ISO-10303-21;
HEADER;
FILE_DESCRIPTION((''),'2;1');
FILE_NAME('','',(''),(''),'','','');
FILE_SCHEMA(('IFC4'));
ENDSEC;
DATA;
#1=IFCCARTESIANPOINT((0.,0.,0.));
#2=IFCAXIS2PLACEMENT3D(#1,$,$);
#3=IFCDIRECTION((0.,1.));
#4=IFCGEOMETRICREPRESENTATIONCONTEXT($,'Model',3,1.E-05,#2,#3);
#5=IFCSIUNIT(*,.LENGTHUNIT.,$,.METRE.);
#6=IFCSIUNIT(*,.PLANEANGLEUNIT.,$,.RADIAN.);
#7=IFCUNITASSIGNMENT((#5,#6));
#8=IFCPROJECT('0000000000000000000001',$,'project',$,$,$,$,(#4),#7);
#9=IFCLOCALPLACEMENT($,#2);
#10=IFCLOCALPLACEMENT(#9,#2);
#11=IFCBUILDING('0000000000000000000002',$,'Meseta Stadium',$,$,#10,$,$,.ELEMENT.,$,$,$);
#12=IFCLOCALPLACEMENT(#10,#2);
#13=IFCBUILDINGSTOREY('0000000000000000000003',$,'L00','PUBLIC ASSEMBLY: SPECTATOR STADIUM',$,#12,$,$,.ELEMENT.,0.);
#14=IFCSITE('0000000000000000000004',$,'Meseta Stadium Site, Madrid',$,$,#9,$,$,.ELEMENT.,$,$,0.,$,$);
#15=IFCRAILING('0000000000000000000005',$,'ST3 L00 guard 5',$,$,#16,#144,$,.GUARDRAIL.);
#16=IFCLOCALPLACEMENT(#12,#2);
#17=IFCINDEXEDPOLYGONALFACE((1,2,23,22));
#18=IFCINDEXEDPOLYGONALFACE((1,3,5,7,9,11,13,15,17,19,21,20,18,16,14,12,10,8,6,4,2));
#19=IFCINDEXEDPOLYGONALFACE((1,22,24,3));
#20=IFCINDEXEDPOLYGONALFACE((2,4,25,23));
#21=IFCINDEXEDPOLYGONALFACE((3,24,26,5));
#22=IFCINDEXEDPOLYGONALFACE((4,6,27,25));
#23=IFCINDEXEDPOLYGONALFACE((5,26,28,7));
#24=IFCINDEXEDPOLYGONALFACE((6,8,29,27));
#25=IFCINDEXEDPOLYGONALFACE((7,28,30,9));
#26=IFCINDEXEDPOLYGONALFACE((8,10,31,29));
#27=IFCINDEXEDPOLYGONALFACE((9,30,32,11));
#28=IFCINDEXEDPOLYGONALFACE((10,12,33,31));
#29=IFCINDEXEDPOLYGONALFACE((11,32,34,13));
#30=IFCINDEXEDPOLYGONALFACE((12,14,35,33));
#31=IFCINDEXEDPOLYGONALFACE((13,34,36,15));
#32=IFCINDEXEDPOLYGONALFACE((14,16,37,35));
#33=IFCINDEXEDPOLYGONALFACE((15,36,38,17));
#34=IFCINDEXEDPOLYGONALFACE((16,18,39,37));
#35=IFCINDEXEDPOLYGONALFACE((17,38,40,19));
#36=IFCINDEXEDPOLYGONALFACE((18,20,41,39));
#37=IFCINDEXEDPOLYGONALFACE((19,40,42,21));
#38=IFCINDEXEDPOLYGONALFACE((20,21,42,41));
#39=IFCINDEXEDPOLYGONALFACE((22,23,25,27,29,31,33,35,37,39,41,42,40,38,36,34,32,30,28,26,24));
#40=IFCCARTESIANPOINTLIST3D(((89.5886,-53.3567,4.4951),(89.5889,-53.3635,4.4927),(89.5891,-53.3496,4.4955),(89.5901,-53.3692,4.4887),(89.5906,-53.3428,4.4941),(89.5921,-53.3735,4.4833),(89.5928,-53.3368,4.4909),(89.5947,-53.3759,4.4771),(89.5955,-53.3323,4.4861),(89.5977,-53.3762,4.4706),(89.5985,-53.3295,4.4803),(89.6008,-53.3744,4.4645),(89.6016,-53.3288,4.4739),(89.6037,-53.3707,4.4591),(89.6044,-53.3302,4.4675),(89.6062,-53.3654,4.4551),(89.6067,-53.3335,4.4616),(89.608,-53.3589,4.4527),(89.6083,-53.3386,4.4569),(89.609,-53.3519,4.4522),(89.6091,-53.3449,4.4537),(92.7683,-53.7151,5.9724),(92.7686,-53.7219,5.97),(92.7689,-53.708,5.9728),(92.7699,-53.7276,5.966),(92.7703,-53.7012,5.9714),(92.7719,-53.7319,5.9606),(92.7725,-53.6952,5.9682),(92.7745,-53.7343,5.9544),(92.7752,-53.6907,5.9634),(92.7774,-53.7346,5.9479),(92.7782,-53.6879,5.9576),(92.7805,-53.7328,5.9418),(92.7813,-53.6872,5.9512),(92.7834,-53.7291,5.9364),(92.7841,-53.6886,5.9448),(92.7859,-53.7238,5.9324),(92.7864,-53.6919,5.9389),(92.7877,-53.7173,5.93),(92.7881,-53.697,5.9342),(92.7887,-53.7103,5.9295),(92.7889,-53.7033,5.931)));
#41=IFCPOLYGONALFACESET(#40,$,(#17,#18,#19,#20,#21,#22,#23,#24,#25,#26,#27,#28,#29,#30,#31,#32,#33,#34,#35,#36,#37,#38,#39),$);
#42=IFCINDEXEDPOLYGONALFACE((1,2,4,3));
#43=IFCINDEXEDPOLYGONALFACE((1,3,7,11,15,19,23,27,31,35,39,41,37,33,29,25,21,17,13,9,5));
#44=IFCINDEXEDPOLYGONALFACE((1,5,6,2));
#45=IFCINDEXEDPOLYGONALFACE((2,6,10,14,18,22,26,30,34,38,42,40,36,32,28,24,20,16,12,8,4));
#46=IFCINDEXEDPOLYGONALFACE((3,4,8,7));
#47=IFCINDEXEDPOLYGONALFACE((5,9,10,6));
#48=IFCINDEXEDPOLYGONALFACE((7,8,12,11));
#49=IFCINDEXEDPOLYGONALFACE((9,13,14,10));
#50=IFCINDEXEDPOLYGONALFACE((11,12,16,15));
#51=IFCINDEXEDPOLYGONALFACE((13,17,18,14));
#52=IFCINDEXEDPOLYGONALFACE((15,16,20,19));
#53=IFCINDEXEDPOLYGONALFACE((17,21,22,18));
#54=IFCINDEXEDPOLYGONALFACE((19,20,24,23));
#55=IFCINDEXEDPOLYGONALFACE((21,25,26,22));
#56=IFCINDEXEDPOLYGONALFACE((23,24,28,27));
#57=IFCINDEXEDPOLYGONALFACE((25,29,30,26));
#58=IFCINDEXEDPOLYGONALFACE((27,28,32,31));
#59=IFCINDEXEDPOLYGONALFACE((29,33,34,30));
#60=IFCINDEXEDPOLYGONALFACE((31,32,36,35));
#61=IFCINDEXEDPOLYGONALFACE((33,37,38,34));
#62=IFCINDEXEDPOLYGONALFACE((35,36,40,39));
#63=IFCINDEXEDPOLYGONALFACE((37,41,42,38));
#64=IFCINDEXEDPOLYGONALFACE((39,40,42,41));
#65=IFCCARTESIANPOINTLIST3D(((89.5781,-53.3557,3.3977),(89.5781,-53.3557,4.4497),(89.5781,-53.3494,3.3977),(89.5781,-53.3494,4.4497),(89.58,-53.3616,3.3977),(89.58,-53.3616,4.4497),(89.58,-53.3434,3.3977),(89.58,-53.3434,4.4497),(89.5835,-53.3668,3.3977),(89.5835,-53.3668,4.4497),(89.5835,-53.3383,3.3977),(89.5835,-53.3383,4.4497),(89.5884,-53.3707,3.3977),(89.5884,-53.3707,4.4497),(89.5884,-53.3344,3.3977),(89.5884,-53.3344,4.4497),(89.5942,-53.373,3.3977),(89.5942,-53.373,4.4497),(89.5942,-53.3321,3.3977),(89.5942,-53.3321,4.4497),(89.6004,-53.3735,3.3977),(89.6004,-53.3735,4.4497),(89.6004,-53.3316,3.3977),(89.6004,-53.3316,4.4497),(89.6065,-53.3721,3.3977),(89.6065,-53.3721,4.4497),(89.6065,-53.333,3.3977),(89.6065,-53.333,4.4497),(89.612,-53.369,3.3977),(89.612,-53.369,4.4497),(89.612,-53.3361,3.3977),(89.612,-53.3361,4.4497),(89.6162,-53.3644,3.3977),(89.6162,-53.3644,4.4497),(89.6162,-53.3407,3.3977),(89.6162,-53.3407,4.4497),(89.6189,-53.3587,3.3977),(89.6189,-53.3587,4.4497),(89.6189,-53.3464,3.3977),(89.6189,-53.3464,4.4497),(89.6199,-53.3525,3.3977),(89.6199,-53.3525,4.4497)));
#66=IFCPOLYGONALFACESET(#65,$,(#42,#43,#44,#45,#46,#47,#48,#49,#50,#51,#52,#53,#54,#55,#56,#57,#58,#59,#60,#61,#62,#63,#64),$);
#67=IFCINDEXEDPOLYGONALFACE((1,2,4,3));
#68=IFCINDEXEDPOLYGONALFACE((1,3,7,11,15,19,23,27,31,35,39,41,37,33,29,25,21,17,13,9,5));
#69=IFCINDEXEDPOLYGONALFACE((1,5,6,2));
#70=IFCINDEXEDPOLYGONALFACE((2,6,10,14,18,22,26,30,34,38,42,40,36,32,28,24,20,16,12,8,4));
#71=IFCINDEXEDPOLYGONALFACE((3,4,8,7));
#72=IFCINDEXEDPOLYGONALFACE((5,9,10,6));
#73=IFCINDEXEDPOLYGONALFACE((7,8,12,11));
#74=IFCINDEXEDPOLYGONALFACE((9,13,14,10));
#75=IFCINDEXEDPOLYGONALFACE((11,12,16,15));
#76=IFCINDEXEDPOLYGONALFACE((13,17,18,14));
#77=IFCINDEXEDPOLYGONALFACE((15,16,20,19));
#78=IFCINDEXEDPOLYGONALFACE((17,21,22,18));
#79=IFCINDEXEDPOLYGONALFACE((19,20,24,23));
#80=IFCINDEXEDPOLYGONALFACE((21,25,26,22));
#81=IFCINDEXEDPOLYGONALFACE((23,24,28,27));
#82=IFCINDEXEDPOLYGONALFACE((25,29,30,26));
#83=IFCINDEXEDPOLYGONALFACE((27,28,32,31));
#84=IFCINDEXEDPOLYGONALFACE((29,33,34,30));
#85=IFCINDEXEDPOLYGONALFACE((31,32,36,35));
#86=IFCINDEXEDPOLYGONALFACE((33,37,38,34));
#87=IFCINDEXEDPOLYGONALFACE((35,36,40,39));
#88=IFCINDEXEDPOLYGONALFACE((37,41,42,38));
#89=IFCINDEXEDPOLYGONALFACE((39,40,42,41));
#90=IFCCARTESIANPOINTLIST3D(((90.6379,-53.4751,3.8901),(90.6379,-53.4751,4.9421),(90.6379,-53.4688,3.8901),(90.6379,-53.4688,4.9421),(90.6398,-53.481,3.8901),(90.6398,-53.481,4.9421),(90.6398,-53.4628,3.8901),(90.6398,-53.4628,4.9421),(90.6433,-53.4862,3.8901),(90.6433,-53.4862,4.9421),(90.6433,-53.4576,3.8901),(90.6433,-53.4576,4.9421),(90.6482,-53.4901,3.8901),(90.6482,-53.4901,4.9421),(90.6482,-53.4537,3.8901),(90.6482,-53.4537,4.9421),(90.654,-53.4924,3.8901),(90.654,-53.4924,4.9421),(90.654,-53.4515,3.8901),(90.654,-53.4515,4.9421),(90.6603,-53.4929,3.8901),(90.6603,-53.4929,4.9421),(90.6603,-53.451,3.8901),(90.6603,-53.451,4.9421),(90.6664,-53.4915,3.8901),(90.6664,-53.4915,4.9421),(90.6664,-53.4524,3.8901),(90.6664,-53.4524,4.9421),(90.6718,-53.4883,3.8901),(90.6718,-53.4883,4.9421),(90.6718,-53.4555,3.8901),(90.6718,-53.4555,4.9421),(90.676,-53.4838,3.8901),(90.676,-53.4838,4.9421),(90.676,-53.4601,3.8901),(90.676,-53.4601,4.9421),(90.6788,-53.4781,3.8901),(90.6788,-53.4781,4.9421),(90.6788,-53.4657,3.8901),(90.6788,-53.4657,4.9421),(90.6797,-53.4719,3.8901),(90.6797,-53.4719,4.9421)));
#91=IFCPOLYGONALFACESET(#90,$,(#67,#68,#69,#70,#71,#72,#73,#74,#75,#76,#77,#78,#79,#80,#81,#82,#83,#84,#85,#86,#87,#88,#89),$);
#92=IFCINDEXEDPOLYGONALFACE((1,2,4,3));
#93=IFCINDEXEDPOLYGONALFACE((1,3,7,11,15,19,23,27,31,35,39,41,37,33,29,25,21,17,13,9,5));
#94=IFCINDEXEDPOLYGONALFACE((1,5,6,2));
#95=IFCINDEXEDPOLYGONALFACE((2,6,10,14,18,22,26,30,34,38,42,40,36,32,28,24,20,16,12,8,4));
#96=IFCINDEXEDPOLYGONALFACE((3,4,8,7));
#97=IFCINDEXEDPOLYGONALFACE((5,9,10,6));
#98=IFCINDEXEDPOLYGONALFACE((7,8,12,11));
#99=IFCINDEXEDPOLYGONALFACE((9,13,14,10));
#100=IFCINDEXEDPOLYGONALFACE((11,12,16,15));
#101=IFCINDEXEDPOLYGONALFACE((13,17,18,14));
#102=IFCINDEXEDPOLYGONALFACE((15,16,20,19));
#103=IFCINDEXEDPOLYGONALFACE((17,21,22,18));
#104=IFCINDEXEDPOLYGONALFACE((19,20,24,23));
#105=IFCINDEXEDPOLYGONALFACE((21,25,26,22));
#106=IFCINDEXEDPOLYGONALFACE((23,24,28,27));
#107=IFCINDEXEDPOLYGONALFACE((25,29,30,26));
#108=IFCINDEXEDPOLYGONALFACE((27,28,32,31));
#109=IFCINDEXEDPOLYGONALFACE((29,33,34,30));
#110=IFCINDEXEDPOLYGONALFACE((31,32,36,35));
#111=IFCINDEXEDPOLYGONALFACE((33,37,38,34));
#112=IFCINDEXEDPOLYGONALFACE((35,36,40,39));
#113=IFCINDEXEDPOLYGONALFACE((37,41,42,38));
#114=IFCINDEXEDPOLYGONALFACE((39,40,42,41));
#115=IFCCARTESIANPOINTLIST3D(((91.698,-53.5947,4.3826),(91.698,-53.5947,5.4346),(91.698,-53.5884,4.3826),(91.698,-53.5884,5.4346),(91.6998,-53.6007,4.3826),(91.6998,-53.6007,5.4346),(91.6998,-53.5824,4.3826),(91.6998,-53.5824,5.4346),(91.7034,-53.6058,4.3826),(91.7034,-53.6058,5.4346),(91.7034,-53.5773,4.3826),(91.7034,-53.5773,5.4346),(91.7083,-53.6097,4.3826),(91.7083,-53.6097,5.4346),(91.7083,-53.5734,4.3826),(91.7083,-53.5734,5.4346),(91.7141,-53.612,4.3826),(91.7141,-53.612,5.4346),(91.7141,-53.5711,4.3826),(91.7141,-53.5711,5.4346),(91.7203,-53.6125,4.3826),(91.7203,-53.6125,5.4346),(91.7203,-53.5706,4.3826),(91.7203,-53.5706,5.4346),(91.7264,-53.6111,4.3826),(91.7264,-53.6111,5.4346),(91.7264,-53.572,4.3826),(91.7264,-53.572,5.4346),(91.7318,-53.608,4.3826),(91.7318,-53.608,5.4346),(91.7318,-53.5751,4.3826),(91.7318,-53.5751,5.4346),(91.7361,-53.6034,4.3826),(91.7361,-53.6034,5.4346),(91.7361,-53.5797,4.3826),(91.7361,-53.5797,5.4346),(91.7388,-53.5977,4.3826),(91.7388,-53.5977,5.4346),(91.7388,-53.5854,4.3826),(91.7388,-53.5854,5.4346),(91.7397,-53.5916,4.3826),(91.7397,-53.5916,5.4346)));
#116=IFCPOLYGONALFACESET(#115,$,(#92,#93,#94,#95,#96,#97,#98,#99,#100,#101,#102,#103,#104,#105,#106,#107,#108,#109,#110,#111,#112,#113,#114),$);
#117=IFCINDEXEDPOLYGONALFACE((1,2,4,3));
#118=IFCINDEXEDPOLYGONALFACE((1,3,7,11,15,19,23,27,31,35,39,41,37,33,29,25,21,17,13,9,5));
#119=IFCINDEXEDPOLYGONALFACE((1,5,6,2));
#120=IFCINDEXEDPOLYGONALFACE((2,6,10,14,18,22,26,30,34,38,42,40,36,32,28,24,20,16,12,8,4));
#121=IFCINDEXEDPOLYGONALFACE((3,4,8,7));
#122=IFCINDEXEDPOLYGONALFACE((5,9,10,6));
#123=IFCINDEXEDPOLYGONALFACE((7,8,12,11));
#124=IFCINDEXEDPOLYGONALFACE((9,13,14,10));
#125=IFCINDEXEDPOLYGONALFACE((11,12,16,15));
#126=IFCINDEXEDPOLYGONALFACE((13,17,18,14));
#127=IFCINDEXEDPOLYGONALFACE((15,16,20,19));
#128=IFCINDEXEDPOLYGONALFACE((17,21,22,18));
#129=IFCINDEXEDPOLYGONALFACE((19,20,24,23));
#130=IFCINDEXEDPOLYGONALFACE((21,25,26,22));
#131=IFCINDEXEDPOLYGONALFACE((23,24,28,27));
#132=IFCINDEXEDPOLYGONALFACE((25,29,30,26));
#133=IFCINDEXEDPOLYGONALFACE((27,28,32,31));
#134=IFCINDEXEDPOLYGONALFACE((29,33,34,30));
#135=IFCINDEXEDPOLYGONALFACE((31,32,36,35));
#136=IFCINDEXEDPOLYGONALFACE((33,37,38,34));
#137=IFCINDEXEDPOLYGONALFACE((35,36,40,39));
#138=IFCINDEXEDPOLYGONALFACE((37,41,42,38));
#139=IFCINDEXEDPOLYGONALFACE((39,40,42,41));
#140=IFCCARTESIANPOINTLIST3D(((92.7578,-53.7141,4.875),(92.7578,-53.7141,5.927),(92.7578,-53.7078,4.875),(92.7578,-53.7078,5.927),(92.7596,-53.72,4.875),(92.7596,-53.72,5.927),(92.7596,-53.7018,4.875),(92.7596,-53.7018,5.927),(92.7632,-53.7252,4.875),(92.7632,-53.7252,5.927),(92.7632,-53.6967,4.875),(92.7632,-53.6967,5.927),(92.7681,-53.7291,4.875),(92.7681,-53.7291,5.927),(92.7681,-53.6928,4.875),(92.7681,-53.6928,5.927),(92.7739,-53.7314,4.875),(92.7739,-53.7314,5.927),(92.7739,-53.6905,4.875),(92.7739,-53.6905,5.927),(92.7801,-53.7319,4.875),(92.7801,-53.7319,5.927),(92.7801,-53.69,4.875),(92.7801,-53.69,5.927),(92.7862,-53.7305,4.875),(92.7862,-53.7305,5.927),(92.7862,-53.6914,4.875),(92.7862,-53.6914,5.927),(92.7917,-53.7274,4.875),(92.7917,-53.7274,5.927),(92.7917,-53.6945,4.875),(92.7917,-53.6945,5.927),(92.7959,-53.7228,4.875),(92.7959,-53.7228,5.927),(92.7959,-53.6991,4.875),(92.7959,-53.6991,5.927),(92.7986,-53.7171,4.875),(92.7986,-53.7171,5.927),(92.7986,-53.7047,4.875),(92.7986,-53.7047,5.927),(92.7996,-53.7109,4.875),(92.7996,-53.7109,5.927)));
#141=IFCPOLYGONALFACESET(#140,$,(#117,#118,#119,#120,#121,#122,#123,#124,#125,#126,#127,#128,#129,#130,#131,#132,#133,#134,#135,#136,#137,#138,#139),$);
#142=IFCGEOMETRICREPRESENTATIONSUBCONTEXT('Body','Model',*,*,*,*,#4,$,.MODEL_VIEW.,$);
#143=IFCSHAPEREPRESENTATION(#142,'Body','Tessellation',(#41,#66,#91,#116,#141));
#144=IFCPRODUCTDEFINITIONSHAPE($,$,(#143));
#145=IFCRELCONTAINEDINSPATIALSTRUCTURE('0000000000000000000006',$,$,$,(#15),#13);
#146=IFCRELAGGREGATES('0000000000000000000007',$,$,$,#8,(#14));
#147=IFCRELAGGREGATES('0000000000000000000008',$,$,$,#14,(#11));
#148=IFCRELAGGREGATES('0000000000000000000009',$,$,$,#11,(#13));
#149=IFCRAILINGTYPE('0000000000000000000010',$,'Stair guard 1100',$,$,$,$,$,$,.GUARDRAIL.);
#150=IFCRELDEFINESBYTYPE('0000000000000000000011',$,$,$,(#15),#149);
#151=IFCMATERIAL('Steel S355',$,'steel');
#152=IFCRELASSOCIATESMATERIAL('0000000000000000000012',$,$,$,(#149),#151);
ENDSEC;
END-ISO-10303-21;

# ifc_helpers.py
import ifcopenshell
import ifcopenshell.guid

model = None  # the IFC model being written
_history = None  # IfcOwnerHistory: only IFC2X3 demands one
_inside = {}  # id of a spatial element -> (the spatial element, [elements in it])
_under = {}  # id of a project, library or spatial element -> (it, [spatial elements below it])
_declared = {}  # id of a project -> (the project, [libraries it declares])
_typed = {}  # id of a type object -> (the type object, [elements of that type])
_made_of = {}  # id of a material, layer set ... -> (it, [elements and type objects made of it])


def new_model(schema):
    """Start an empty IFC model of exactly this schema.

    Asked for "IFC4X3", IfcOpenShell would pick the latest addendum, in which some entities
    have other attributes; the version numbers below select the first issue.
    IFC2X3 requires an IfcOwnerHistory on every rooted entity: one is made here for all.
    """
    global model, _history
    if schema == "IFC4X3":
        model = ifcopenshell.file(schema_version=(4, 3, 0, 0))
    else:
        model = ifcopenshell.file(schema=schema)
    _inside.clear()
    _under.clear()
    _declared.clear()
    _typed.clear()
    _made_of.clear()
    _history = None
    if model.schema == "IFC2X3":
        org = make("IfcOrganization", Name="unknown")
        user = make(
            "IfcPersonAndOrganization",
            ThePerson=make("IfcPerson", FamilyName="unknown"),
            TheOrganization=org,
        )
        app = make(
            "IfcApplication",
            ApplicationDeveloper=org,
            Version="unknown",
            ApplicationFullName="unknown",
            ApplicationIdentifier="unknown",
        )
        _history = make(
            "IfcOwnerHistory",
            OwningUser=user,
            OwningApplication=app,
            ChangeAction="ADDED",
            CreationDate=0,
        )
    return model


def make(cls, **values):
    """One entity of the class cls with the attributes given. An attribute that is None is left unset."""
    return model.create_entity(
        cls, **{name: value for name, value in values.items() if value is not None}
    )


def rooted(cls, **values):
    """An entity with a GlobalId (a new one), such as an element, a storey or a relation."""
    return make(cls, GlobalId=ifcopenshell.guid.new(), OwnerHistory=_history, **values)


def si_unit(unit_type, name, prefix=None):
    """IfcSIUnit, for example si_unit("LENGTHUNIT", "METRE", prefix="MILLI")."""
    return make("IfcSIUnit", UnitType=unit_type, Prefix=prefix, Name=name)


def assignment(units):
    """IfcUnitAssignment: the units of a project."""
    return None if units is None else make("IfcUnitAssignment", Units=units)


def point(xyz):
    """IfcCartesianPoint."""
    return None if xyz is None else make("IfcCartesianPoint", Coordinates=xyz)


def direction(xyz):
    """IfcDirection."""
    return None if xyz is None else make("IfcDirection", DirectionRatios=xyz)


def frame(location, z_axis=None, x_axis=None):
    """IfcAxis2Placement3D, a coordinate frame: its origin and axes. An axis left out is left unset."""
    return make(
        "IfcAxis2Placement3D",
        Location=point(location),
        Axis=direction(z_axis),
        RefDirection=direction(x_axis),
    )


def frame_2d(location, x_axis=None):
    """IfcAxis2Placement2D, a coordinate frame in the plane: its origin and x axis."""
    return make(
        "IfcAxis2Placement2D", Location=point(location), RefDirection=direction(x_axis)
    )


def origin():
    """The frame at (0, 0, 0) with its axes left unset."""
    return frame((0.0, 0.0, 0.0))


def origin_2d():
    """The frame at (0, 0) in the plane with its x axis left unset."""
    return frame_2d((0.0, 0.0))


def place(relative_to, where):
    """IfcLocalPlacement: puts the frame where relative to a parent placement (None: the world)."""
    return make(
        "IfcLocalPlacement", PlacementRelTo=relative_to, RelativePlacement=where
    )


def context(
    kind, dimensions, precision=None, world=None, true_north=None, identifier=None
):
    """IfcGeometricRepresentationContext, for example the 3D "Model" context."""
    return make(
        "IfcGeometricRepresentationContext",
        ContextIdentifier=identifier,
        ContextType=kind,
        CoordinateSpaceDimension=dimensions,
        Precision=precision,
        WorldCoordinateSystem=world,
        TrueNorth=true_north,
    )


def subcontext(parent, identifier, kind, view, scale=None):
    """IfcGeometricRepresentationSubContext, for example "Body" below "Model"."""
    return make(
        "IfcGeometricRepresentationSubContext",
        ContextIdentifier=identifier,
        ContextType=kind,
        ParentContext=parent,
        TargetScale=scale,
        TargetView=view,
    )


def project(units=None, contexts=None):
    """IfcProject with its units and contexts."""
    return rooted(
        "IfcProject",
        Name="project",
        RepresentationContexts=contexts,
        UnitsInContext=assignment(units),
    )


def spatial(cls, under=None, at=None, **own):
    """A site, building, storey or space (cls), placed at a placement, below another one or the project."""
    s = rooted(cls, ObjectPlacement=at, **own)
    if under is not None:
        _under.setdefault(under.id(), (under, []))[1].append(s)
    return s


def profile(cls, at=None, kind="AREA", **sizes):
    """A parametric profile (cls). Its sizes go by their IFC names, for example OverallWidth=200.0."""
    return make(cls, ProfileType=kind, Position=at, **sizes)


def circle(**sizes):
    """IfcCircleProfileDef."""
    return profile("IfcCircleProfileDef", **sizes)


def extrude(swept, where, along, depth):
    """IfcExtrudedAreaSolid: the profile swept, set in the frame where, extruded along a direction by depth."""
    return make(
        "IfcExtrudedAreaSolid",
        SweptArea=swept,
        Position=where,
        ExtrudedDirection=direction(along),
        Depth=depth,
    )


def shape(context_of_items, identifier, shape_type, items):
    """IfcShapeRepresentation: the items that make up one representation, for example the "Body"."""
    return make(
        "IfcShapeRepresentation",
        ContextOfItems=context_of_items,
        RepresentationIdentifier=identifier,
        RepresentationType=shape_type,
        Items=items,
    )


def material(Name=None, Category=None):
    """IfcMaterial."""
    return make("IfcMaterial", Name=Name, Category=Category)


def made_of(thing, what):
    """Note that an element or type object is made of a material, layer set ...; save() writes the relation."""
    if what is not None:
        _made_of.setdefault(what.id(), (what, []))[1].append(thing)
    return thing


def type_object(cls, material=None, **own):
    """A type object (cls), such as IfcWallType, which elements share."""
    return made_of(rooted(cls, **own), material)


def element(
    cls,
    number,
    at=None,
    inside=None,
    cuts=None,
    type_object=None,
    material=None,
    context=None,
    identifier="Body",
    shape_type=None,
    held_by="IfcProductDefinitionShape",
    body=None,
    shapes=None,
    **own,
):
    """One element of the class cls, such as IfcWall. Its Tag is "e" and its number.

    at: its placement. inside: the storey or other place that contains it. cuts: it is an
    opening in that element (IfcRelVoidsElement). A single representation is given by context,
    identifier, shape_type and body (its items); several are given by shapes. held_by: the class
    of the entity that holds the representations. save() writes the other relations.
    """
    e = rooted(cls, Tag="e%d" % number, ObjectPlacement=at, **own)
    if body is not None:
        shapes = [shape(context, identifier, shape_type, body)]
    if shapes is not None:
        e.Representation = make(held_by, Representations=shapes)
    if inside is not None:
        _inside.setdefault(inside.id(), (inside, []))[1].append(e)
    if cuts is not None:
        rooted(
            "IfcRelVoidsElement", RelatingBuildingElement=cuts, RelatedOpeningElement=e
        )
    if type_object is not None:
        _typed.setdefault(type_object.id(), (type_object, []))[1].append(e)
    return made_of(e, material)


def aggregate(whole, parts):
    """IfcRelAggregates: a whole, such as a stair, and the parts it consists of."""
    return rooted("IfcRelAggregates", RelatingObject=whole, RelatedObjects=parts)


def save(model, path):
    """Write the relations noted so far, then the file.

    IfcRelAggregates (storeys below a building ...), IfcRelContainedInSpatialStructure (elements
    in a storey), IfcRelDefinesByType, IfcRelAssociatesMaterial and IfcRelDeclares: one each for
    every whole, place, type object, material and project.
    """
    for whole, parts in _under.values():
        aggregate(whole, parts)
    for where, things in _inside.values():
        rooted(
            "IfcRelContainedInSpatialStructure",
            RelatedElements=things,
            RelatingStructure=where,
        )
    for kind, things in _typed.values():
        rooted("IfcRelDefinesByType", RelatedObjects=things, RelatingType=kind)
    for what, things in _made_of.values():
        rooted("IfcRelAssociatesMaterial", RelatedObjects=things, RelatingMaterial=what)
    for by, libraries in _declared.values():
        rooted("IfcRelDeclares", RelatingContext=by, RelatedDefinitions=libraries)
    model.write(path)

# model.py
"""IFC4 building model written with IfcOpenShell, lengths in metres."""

from ifc_helpers import new_model, si_unit, direction, frame, origin, origin_2d, place, context, subcontext, project, spatial, circle, extrude, material, type_object, element, save


model = new_model("IFC4")

# Units and contexts
model_context = context("Model", 3, precision=1e-05, world=origin(), true_north=direction((0.0, 1.0)))
body_context = subcontext(model_context, "Body", "Model", "MODEL_VIEW")
ifc_project = project(units=[si_unit("LENGTHUNIT", "METRE"), si_unit("PLANEANGLEUNIT", "RADIAN")], contexts=[model_context])

# Site, building, storey
site_placement = place(None, origin())
site = spatial("IfcSite", under=ifc_project, at=site_placement, Name="Meseta Stadium Site, Madrid", CompositionType="ELEMENT", RefElevation=0.0)
building_placement = place(site_placement, origin())
building = spatial("IfcBuilding", under=site, at=building_placement, Name="Meseta Stadium", CompositionType="ELEMENT")
storey_placement = place(building_placement, origin())
storey = spatial("IfcBuildingStorey", under=building, at=storey_placement, Name="L00", Description="PUBLIC ASSEMBLY: SPECTATOR STADIUM", CompositionType="ELEMENT", Elevation=0.0)

# Railing
ifc_material_1 = material(Name="Steel S355", Category="steel")
railing_type_1 = type_object("IfcRailingType", Name="Stair guard 1100", PredefinedType="GUARDRAIL", material=ifc_material_1)
railing_1_placement = place(storey_placement, frame((89.5989, -53.3525, 3.3977)))
element("IfcRailing", 1, at=railing_1_placement, inside=storey, type_object=railing_type_1, Name="ST3 L00 guard 5", PredefinedType="GUARDRAIL", context=body_context, shape_type="SweptSolid", body=[
    extrude(circle(Radius=0.0239, at=origin_2d()), frame((0.0, 0.0, 1.0762), z_axis=(0.902197, -0.101691, 0.419164), x_axis=(0.112006, 0.993708, 0.0)), (0.0, 0.0, 1.0), 3.5244),
    extrude(circle(Radius=0.021, at=origin_2d()), origin(), (0.0, 0.0, 1.0), 1.052),
    extrude(circle(Radius=0.021, at=origin_2d()), frame((1.0598, -0.1194, 0.4924)), (0.0, 0.0, 1.0), 1.052),
    extrude(circle(Radius=0.021, at=origin_2d()), frame((2.1199, -0.239, 0.9849)), (0.0, 0.0, 1.0), 1.052),
    extrude(circle(Radius=0.021, at=origin_2d()), frame((3.1797, -0.3584, 1.4773)), (0.0, 0.0, 1.0), 1.052),
])

save(model, "model.ifc")
